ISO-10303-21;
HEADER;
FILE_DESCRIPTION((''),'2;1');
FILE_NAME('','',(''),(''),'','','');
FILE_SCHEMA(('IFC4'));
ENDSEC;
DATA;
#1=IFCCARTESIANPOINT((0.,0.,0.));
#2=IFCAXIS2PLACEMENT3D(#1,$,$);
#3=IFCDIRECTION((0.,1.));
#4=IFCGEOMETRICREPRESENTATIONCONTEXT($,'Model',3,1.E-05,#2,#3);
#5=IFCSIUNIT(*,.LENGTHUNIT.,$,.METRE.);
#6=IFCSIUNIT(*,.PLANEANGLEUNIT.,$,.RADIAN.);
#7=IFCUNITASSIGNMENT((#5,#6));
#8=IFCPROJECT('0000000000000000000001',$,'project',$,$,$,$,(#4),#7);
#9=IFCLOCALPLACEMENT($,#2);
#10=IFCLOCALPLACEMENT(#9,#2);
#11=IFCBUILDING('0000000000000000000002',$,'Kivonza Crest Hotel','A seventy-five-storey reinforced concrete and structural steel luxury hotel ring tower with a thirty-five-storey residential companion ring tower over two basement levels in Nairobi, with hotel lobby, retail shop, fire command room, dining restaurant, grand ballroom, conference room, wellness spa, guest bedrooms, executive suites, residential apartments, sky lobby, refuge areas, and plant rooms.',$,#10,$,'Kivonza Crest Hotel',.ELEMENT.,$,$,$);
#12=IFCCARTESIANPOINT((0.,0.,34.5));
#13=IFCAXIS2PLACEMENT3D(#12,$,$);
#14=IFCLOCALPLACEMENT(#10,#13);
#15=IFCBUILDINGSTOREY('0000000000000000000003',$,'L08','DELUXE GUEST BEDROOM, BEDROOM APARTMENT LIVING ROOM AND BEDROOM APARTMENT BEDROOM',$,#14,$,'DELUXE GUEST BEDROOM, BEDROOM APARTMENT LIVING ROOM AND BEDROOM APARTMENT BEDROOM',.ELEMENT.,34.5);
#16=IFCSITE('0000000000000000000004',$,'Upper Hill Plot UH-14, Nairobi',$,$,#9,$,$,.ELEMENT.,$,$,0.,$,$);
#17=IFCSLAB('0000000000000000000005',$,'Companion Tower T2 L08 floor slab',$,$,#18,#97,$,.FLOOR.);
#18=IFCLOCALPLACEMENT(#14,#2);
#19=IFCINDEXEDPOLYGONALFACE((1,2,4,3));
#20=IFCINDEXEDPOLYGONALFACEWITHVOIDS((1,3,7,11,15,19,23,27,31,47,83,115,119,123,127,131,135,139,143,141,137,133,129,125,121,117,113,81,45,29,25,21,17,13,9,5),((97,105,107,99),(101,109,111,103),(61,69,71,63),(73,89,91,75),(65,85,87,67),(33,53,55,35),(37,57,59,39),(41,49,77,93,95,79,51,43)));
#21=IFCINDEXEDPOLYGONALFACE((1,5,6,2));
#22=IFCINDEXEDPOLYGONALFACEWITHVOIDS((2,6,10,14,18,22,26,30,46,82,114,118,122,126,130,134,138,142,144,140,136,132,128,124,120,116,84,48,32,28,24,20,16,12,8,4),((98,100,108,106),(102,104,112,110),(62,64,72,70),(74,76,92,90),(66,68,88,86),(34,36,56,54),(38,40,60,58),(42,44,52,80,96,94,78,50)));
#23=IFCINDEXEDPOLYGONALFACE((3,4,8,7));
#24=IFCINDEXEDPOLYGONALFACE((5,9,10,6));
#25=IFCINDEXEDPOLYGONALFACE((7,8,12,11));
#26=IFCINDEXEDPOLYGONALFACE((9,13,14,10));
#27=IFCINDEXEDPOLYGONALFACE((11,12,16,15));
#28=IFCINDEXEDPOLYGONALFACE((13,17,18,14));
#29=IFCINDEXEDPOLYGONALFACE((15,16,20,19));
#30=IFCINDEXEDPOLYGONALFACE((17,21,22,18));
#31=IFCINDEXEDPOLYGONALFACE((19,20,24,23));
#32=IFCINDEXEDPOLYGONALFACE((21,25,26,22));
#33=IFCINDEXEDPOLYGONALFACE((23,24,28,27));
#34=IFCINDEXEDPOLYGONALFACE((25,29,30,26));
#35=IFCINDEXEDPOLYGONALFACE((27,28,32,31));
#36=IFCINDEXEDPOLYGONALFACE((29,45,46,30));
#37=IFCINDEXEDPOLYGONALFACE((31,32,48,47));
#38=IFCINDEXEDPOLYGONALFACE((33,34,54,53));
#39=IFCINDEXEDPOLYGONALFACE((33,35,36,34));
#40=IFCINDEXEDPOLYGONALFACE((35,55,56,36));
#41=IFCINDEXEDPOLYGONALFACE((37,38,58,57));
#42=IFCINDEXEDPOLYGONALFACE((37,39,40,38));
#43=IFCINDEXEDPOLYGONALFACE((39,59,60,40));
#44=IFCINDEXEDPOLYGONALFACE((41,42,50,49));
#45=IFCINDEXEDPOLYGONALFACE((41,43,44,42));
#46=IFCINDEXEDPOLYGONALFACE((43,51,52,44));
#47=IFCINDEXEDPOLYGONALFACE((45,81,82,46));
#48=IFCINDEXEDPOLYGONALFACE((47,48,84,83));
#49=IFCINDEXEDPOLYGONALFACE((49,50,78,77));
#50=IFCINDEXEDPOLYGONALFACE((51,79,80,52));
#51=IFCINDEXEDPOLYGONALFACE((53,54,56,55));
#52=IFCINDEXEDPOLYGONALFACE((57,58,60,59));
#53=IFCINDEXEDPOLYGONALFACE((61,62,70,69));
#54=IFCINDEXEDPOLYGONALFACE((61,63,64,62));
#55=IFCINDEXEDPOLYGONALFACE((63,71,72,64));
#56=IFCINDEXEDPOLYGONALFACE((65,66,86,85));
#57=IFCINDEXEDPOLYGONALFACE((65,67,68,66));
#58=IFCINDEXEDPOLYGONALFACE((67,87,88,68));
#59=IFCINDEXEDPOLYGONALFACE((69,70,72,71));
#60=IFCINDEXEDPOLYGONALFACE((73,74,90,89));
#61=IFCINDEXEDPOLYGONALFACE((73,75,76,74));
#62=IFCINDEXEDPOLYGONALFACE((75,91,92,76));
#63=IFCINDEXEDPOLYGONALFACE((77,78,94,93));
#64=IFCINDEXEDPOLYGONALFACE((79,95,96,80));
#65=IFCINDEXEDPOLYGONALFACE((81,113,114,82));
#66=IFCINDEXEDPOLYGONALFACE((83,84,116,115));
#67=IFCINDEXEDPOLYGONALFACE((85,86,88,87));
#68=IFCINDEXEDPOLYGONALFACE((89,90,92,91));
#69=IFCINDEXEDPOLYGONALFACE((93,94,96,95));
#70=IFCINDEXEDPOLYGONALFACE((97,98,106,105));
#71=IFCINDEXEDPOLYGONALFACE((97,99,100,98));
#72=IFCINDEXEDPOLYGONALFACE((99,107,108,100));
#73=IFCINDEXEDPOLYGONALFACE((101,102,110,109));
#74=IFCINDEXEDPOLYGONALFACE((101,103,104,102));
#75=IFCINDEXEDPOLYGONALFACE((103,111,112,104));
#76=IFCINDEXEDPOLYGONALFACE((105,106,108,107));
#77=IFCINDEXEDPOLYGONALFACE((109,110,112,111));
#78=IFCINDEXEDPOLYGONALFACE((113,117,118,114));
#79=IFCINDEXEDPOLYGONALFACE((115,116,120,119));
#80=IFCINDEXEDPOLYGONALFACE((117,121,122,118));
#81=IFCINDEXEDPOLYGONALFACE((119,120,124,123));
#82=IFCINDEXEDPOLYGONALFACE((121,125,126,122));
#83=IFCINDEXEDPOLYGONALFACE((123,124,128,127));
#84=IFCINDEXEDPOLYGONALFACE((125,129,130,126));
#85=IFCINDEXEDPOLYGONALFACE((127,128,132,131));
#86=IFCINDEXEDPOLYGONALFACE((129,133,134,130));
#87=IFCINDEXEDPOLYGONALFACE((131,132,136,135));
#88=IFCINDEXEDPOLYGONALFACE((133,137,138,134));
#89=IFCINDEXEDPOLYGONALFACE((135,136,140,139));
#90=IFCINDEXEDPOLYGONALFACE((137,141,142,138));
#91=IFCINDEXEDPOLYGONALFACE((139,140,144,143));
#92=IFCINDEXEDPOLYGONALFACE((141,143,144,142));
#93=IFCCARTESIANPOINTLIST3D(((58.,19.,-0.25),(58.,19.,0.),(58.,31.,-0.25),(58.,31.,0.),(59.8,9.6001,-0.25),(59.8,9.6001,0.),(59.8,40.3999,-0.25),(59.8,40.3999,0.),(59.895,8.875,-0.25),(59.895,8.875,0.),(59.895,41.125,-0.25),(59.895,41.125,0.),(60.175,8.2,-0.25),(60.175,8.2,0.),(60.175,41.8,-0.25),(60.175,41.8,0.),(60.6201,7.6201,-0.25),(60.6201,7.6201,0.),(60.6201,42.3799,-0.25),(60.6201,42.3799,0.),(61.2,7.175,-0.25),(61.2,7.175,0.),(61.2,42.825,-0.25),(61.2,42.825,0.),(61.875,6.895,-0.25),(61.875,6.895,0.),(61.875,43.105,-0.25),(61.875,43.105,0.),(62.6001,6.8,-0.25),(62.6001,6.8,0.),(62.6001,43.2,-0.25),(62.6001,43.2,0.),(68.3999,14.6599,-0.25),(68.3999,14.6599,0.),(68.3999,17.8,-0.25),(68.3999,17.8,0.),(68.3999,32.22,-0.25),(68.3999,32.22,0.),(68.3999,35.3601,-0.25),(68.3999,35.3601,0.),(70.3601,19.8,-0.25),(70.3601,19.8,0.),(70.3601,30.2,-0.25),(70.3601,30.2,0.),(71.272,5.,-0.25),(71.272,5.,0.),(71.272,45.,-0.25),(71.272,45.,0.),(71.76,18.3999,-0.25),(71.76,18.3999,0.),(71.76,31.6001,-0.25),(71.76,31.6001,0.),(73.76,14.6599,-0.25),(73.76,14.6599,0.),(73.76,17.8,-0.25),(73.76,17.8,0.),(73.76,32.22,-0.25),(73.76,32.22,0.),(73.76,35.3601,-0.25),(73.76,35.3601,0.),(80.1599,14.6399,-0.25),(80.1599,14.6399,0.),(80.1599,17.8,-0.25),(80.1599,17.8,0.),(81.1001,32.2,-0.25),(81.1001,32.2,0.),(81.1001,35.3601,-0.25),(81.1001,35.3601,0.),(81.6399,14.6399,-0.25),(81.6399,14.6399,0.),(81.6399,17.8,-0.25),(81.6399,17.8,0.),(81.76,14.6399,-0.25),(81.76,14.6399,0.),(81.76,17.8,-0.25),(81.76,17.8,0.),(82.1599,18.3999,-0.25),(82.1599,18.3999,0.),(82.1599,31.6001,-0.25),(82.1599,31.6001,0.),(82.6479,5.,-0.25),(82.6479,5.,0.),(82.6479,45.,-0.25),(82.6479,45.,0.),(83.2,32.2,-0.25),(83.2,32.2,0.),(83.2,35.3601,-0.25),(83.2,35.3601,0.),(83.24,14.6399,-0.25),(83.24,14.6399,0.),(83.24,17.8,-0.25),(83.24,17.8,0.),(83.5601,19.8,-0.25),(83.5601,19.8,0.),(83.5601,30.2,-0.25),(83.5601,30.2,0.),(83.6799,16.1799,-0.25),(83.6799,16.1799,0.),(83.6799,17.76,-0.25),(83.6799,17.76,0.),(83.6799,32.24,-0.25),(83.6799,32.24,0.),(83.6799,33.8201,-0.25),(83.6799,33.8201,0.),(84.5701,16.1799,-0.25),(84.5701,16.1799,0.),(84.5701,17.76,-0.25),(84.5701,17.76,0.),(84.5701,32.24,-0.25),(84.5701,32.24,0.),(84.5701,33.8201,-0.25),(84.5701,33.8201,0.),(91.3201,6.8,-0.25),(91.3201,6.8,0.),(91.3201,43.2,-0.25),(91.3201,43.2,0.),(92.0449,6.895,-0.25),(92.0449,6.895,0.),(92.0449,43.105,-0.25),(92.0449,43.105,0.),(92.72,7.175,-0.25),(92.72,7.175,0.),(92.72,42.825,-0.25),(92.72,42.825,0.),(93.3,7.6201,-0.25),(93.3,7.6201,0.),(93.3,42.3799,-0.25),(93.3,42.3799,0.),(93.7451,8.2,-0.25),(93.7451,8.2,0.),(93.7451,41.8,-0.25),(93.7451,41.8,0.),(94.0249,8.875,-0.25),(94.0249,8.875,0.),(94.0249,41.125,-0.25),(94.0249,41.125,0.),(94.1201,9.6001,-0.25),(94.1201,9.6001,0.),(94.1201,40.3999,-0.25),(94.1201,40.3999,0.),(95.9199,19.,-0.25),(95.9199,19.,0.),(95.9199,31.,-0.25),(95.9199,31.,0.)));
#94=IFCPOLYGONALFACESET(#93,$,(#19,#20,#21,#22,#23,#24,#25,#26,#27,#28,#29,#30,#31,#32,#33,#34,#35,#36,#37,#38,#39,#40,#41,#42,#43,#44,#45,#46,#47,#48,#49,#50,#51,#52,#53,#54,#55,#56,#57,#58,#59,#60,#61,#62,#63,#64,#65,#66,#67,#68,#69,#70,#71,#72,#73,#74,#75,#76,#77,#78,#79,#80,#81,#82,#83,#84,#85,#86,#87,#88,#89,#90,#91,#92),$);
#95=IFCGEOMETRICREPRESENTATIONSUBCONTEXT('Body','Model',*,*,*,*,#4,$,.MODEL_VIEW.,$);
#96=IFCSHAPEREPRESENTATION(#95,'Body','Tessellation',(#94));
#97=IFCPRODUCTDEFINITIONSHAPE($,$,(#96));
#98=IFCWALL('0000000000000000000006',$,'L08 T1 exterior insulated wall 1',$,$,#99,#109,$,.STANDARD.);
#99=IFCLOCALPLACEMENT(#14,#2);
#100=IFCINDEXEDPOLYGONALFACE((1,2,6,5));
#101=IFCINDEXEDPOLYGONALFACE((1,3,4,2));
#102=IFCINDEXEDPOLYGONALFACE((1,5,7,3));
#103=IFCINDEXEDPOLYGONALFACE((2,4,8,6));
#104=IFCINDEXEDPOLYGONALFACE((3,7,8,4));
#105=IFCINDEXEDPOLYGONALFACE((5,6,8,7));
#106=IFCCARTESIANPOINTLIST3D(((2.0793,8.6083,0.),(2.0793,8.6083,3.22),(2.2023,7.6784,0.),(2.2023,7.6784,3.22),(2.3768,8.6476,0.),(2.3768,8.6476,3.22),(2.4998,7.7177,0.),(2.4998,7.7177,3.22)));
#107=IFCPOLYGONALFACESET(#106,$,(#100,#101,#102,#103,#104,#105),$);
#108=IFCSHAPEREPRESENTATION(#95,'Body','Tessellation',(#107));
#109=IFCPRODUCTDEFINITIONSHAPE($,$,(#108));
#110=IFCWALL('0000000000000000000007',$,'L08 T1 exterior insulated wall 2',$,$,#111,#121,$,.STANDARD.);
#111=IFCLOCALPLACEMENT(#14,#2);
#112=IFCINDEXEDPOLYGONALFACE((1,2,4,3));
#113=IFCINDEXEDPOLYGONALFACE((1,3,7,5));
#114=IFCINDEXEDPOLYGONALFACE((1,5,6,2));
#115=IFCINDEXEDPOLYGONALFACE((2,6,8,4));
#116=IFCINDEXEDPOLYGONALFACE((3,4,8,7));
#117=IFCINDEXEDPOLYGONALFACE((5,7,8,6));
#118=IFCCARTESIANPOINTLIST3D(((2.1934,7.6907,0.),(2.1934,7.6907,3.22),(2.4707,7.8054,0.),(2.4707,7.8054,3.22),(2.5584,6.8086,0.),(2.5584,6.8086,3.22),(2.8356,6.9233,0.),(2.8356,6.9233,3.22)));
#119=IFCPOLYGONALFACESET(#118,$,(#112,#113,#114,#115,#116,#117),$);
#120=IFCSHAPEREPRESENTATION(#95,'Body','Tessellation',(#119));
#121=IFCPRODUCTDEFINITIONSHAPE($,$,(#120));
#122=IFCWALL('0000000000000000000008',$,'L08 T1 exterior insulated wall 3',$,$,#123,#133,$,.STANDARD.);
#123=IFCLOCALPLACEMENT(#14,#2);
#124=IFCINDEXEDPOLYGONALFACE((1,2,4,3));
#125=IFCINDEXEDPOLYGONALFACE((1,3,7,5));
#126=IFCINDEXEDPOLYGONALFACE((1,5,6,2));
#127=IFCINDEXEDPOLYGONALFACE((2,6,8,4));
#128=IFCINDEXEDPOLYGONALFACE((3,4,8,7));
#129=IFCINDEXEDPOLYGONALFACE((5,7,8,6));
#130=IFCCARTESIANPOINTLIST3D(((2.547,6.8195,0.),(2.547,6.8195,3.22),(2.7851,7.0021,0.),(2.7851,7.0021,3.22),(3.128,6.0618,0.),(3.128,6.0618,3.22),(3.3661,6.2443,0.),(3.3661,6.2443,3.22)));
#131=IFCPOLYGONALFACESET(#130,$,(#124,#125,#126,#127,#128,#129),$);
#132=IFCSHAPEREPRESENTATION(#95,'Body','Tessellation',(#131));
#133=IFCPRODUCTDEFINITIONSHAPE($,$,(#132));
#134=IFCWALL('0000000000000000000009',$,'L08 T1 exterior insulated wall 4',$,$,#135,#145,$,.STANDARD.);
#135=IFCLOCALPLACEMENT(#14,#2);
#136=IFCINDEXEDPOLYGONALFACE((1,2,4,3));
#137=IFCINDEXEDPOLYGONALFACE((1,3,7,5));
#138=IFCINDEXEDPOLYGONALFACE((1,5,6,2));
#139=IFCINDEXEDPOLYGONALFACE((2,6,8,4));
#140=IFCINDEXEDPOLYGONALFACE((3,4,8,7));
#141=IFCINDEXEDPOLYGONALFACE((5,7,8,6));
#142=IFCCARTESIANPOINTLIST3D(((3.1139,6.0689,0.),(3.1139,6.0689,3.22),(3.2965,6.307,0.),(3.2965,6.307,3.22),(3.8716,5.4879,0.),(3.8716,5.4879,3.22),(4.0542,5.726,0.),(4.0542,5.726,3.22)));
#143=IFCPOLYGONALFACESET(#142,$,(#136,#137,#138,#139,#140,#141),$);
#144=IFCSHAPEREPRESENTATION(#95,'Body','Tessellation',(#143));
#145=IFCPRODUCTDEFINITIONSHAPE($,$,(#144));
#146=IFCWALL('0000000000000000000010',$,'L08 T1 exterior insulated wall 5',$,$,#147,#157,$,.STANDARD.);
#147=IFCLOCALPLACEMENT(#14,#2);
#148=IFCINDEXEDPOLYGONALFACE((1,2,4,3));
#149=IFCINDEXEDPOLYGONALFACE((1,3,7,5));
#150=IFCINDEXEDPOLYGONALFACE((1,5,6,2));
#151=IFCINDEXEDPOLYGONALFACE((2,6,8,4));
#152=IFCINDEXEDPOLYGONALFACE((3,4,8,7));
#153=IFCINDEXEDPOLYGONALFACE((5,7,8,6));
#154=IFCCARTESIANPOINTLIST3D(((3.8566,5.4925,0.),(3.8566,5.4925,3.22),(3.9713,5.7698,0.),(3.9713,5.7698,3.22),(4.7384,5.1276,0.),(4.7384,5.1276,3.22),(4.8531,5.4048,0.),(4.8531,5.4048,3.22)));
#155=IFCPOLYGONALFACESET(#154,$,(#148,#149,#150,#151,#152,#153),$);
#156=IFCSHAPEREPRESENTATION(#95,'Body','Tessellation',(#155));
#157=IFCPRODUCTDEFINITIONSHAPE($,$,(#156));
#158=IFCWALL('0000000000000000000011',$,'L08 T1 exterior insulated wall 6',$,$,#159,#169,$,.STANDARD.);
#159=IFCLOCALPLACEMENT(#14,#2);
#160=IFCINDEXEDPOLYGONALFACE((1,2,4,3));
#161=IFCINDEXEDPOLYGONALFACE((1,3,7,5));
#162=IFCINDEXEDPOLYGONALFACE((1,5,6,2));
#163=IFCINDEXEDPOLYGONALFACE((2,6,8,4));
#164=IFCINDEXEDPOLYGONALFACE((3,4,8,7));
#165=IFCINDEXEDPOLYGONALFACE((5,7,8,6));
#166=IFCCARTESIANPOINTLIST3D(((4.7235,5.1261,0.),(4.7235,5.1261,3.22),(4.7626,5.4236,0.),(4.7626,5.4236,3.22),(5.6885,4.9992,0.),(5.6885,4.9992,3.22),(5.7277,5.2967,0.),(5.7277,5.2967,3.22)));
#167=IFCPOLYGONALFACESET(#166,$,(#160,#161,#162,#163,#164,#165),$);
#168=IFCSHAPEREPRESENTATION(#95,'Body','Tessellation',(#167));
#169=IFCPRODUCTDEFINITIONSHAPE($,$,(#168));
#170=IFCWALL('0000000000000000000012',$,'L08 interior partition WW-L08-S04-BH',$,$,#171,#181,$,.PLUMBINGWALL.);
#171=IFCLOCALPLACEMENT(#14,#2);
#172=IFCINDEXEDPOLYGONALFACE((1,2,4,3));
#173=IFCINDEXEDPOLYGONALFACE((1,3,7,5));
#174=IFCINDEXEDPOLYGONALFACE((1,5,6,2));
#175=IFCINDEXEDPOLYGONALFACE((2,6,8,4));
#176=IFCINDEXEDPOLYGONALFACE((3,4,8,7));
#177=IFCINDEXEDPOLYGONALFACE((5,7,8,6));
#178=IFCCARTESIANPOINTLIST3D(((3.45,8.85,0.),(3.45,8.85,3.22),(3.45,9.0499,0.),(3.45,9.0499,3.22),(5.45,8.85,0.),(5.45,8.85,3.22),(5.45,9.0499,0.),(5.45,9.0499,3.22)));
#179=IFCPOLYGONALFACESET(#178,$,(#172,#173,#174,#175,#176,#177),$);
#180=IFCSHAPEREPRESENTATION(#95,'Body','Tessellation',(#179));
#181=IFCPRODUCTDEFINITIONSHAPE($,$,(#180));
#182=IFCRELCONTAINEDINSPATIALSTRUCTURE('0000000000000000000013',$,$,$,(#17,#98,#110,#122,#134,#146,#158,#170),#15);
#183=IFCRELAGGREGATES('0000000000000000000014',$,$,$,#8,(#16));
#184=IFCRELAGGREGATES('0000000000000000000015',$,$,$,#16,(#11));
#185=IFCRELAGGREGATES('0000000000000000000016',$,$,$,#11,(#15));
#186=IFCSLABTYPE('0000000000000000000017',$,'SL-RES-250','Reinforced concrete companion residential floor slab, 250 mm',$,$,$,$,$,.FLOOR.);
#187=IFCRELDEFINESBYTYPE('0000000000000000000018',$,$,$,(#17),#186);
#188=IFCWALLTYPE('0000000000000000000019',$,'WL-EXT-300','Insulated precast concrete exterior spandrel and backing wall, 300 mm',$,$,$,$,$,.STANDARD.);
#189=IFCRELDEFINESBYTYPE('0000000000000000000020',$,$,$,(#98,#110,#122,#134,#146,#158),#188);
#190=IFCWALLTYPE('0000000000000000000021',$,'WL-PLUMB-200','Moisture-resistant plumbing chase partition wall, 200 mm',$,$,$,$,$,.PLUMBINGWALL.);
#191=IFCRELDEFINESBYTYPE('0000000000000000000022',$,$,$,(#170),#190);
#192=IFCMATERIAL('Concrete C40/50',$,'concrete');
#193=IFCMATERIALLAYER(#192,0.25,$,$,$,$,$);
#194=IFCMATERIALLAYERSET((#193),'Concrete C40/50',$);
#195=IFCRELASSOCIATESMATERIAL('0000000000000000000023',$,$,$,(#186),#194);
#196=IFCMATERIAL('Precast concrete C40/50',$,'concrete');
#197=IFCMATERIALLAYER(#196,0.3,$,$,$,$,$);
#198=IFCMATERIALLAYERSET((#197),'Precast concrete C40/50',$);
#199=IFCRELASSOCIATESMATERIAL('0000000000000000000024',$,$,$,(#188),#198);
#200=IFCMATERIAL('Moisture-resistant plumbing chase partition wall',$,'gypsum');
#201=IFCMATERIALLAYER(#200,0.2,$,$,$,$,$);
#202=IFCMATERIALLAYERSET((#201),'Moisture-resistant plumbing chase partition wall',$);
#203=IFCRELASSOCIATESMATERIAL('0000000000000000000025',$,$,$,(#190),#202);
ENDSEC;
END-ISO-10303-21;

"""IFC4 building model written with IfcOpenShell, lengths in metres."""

from ifc_helpers import new_model, si_unit, direction, frame, frame_2d, origin, place, context, subcontext, project, spatial, polyline, rectangle, outline, extrude, material, layer, layer_set, type_object, element, save


model = new_model("IFC4")

# Units and contexts
model_context = context("Model", 3, precision=1e-05, world=origin(), true_north=direction((0.0, 1.0)))
body_context = subcontext(model_context, "Body", "Model", "MODEL_VIEW")
ifc_project = project(units=[si_unit("LENGTHUNIT", "METRE"), si_unit("PLANEANGLEUNIT", "RADIAN")], contexts=[model_context])

# Site, building, storey
site_placement = place(None, origin())
site = spatial("IfcSite", under=ifc_project, at=site_placement, Name="Upper Hill Plot UH-14, Nairobi", CompositionType="ELEMENT", RefElevation=0.0)
building_placement = place(site_placement, origin())
building = spatial("IfcBuilding", under=site, at=building_placement, Name="Kivonza Crest Hotel", Description="A seventy-five-storey reinforced concrete and structural steel luxury hotel ring tower with a thirty-five-storey residential companion ring tower over two basement levels in Nairobi, with hotel lobby, retail shop, fire command room, dining restaurant, grand ballroom, conference room, wellness spa, guest bedrooms, executive suites, residential apartments, sky lobby, refuge areas, and plant rooms.", LongName="Kivonza Crest Hotel", CompositionType="ELEMENT")
storey_placement = place(building_placement, frame((0.0, 0.0, 34.5)))
storey = spatial("IfcBuildingStorey", under=building, at=storey_placement, Name="L08", Description="DELUXE GUEST BEDROOM, BEDROOM APARTMENT LIVING ROOM AND BEDROOM APARTMENT BEDROOM", LongName="DELUXE GUEST BEDROOM, BEDROOM APARTMENT LIVING ROOM AND BEDROOM APARTMENT BEDROOM", CompositionType="ELEMENT", Elevation=34.5)

# Shared definitions
ifc_material_1 = material(Name="Concrete C40/50", Category="concrete")

# Slab
ifc_layer_1 = layer(ifc_material_1, 0.25)
ifc_layer_set_1 = layer_set([ifc_layer_1], Name="Concrete C40/50")
slab_type_1 = type_object("IfcSlabType", Name="SL-RES-250", Description="Reinforced concrete companion residential floor slab, 250 mm", PredefinedType="FLOOR", material=ifc_layer_set_1)
slab_1_placement = place(storey_placement, frame((0.0, 0.0, -0.25)))
element("IfcSlab", 1, at=slab_1_placement, inside=storey, type_object=slab_type_1, Name="Companion Tower T2 L08 floor slab", PredefinedType="FLOOR", context=body_context, shape_type="SweptSolid", body=[
    extrude(outline(polyline([(59.8, 9.6001), (59.895, 8.875), (60.175, 8.2), (60.6201, 7.6201), (61.2, 7.175), (61.875, 6.895), (62.6001, 6.8), (71.272, 5.0), (82.6479, 5.0), (91.3201, 6.8), (92.0449, 6.895), (92.72, 7.175), (93.3, 7.6201), (93.7451, 8.2), (94.0249, 8.875), (94.1201, 9.6001), (95.9199, 19.0), (95.9199, 31.0), (94.1201, 40.3999), (94.0249, 41.125), (93.7451, 41.8), (93.3, 42.3799), (92.72, 42.825), (92.0449, 43.105), (91.3201, 43.2), (82.6479, 45.0), (71.272, 45.0), (62.6001, 43.2), (61.875, 43.105), (61.2, 42.825), (60.6201, 42.3799), (60.175, 41.8), (59.895, 41.125), (59.8, 40.3999), (58.0, 31.0), (58.0, 19.0), (59.8, 9.6001)]), holes=[polyline([(71.76, 18.3999), (82.1599, 18.3999), (83.5601, 19.8), (83.5601, 30.2), (82.1599, 31.6001), (71.76, 31.6001), (70.3601, 30.2), (70.3601, 19.8), (71.76, 18.3999)]), polyline([(68.3999, 32.22), (73.76, 32.22), (73.76, 35.3601), (68.3999, 35.3601), (68.3999, 32.22)]), polyline([(68.3999, 14.6599), (73.76, 14.6599), (73.76, 17.8), (68.3999, 17.8), (68.3999, 14.6599)]), polyline([(83.6799, 32.24), (84.5701, 32.24), (84.5701, 33.8201), (83.6799, 33.8201), (83.6799, 32.24)]), polyline([(83.6799, 16.1799), (84.5701, 16.1799), (84.5701, 17.76), (83.6799, 17.76), (83.6799, 16.1799)]), polyline([(81.1001, 32.2), (83.2, 32.2), (83.2, 35.3601), (81.1001, 35.3601), (81.1001, 32.2)]), polyline([(80.1599, 14.6399), (81.6399, 14.6399), (81.6399, 17.8), (80.1599, 17.8), (80.1599, 14.6399)]), polyline([(81.76, 14.6399), (83.24, 14.6399), (83.24, 17.8), (81.76, 17.8), (81.76, 14.6399)])]), origin(), (0.0, 0.0, 1.0), 0.25),
])

# Walls
ifc_material_2 = material(Name="Precast concrete C40/50", Category="concrete")
ifc_layer_2 = layer(ifc_material_2, 0.3)
ifc_layer_set_2 = layer_set([ifc_layer_2], Name="Precast concrete C40/50")
wall_type_1 = type_object("IfcWallType", Name="WL-EXT-300", Description="Insulated precast concrete exterior spandrel and backing wall, 300 mm", PredefinedType="STANDARD", material=ifc_layer_set_2)
wall_1_placement = place(storey_placement, frame((2.228, 8.6279, 0.0), z_axis=(0.0, 0.0, 1.0), x_axis=(0.131175, -0.991359, 0.0)))
element("IfcWall", 2, at=wall_1_placement, inside=storey, type_object=wall_type_1, Name="L08 T1 exterior insulated wall 1", PredefinedType="STANDARD", context=body_context, shape_type="SweptSolid", body=[
    extrude(rectangle(XDim=0.938, YDim=0.3, at=frame_2d((0.469, 0.0))), origin(), (0.0, 0.0, 1.0), 3.22),
])
wall_2_placement = place(storey_placement, frame((2.332, 7.748, 0.0), z_axis=(0.0, 0.0, 1.0), x_axis=(0.382344, -0.92402, 0.0)))
element("IfcWall", 3, at=wall_2_placement, inside=storey, type_object=wall_type_1, Name="L08 T1 exterior insulated wall 2", PredefinedType="STANDARD", context=body_context, shape_type="SweptSolid", body=[
    extrude(rectangle(XDim=0.9546, YDim=0.3, at=frame_2d((0.4773, 0.0))), origin(), (0.0, 0.0, 1.0), 3.22),
])
for number, where, z_axis, x_axis, name in (
    (4, (2.666, 6.9109, 0.0), (0.0, 0.0, 1.0), (0.608474, -0.793573, 0.0), "L08 T1 exterior insulated wall 3"),
    (5, (3.2051, 6.188, 0.0), (0.0, 0.0, 1.0), (0.793573, -0.608474, 0.0), "L08 T1 exterior insulated wall 4"),
):
    element("IfcWall", number, at=place(storey_placement, frame(where, z_axis=z_axis, x_axis=x_axis)), inside=storey, type_object=wall_type_1, Name=name, PredefinedType="STANDARD", context=body_context, shape_type="SweptSolid", body=[
        extrude(rectangle(XDim=0.9548, YDim=0.3, at=frame_2d((0.4775, 0.0))), origin(), (0.0, 0.0, 1.0), 3.22),
    ])
wall_3_placement = place(storey_placement, frame((3.9141, 5.6311, 0.0), z_axis=(0.0, 0.0, 1.0), x_axis=(0.923983, -0.382435, 0.0)))
element("IfcWall", 6, at=wall_3_placement, inside=storey, type_object=wall_type_1, Name="L08 T1 exterior insulated wall 5", PredefinedType="STANDARD", context=body_context, shape_type="SweptSolid", body=[
    extrude(rectangle(XDim=0.9543, YDim=0.3, at=frame_2d((0.4771, 0.0))), origin(), (0.0, 0.0, 1.0), 3.22),
])
wall_4_placement = place(storey_placement, frame((4.7429, 5.2749, 0.0), z_axis=(0.0, 0.0, 1.0), x_axis=(0.991459, -0.130422, 0.0)))
element("IfcWall", 7, at=wall_4_placement, inside=storey, type_object=wall_type_1, Name="L08 T1 exterior insulated wall 6", PredefinedType="STANDARD", context=body_context, shape_type="SweptSolid", body=[
    extrude(rectangle(XDim=0.9734, YDim=0.3, at=frame_2d((0.4868, 0.0))), origin(), (0.0, 0.0, 1.0), 3.22),
])
ifc_material_3 = material(Name="Moisture-resistant plumbing chase partition wall", Category="gypsum")
ifc_layer_3 = layer(ifc_material_3, 0.2)
ifc_layer_set_3 = layer_set([ifc_layer_3], Name="Moisture-resistant plumbing chase partition wall")
wall_type_2 = type_object("IfcWallType", Name="WL-PLUMB-200", Description="Moisture-resistant plumbing chase partition wall, 200 mm", PredefinedType="PLUMBINGWALL", material=ifc_layer_set_3)
wall_5_placement = place(storey_placement, frame((3.45, 8.95, 0.0), z_axis=(0.0, 0.0, 1.0), x_axis=(1.0, 0.0, 0.0)))
element("IfcWall", 8, at=wall_5_placement, inside=storey, type_object=wall_type_2, Name="L08 interior partition WW-L08-S04-BH", PredefinedType="PLUMBINGWALL", context=body_context, shape_type="SweptSolid", body=[
    extrude(rectangle(XDim=2.0, YDim=0.2, at=frame_2d((1.0, 0.0))), origin(), (0.0, 0.0, 1.0), 3.22),
])

save(model, "model.ifc")
